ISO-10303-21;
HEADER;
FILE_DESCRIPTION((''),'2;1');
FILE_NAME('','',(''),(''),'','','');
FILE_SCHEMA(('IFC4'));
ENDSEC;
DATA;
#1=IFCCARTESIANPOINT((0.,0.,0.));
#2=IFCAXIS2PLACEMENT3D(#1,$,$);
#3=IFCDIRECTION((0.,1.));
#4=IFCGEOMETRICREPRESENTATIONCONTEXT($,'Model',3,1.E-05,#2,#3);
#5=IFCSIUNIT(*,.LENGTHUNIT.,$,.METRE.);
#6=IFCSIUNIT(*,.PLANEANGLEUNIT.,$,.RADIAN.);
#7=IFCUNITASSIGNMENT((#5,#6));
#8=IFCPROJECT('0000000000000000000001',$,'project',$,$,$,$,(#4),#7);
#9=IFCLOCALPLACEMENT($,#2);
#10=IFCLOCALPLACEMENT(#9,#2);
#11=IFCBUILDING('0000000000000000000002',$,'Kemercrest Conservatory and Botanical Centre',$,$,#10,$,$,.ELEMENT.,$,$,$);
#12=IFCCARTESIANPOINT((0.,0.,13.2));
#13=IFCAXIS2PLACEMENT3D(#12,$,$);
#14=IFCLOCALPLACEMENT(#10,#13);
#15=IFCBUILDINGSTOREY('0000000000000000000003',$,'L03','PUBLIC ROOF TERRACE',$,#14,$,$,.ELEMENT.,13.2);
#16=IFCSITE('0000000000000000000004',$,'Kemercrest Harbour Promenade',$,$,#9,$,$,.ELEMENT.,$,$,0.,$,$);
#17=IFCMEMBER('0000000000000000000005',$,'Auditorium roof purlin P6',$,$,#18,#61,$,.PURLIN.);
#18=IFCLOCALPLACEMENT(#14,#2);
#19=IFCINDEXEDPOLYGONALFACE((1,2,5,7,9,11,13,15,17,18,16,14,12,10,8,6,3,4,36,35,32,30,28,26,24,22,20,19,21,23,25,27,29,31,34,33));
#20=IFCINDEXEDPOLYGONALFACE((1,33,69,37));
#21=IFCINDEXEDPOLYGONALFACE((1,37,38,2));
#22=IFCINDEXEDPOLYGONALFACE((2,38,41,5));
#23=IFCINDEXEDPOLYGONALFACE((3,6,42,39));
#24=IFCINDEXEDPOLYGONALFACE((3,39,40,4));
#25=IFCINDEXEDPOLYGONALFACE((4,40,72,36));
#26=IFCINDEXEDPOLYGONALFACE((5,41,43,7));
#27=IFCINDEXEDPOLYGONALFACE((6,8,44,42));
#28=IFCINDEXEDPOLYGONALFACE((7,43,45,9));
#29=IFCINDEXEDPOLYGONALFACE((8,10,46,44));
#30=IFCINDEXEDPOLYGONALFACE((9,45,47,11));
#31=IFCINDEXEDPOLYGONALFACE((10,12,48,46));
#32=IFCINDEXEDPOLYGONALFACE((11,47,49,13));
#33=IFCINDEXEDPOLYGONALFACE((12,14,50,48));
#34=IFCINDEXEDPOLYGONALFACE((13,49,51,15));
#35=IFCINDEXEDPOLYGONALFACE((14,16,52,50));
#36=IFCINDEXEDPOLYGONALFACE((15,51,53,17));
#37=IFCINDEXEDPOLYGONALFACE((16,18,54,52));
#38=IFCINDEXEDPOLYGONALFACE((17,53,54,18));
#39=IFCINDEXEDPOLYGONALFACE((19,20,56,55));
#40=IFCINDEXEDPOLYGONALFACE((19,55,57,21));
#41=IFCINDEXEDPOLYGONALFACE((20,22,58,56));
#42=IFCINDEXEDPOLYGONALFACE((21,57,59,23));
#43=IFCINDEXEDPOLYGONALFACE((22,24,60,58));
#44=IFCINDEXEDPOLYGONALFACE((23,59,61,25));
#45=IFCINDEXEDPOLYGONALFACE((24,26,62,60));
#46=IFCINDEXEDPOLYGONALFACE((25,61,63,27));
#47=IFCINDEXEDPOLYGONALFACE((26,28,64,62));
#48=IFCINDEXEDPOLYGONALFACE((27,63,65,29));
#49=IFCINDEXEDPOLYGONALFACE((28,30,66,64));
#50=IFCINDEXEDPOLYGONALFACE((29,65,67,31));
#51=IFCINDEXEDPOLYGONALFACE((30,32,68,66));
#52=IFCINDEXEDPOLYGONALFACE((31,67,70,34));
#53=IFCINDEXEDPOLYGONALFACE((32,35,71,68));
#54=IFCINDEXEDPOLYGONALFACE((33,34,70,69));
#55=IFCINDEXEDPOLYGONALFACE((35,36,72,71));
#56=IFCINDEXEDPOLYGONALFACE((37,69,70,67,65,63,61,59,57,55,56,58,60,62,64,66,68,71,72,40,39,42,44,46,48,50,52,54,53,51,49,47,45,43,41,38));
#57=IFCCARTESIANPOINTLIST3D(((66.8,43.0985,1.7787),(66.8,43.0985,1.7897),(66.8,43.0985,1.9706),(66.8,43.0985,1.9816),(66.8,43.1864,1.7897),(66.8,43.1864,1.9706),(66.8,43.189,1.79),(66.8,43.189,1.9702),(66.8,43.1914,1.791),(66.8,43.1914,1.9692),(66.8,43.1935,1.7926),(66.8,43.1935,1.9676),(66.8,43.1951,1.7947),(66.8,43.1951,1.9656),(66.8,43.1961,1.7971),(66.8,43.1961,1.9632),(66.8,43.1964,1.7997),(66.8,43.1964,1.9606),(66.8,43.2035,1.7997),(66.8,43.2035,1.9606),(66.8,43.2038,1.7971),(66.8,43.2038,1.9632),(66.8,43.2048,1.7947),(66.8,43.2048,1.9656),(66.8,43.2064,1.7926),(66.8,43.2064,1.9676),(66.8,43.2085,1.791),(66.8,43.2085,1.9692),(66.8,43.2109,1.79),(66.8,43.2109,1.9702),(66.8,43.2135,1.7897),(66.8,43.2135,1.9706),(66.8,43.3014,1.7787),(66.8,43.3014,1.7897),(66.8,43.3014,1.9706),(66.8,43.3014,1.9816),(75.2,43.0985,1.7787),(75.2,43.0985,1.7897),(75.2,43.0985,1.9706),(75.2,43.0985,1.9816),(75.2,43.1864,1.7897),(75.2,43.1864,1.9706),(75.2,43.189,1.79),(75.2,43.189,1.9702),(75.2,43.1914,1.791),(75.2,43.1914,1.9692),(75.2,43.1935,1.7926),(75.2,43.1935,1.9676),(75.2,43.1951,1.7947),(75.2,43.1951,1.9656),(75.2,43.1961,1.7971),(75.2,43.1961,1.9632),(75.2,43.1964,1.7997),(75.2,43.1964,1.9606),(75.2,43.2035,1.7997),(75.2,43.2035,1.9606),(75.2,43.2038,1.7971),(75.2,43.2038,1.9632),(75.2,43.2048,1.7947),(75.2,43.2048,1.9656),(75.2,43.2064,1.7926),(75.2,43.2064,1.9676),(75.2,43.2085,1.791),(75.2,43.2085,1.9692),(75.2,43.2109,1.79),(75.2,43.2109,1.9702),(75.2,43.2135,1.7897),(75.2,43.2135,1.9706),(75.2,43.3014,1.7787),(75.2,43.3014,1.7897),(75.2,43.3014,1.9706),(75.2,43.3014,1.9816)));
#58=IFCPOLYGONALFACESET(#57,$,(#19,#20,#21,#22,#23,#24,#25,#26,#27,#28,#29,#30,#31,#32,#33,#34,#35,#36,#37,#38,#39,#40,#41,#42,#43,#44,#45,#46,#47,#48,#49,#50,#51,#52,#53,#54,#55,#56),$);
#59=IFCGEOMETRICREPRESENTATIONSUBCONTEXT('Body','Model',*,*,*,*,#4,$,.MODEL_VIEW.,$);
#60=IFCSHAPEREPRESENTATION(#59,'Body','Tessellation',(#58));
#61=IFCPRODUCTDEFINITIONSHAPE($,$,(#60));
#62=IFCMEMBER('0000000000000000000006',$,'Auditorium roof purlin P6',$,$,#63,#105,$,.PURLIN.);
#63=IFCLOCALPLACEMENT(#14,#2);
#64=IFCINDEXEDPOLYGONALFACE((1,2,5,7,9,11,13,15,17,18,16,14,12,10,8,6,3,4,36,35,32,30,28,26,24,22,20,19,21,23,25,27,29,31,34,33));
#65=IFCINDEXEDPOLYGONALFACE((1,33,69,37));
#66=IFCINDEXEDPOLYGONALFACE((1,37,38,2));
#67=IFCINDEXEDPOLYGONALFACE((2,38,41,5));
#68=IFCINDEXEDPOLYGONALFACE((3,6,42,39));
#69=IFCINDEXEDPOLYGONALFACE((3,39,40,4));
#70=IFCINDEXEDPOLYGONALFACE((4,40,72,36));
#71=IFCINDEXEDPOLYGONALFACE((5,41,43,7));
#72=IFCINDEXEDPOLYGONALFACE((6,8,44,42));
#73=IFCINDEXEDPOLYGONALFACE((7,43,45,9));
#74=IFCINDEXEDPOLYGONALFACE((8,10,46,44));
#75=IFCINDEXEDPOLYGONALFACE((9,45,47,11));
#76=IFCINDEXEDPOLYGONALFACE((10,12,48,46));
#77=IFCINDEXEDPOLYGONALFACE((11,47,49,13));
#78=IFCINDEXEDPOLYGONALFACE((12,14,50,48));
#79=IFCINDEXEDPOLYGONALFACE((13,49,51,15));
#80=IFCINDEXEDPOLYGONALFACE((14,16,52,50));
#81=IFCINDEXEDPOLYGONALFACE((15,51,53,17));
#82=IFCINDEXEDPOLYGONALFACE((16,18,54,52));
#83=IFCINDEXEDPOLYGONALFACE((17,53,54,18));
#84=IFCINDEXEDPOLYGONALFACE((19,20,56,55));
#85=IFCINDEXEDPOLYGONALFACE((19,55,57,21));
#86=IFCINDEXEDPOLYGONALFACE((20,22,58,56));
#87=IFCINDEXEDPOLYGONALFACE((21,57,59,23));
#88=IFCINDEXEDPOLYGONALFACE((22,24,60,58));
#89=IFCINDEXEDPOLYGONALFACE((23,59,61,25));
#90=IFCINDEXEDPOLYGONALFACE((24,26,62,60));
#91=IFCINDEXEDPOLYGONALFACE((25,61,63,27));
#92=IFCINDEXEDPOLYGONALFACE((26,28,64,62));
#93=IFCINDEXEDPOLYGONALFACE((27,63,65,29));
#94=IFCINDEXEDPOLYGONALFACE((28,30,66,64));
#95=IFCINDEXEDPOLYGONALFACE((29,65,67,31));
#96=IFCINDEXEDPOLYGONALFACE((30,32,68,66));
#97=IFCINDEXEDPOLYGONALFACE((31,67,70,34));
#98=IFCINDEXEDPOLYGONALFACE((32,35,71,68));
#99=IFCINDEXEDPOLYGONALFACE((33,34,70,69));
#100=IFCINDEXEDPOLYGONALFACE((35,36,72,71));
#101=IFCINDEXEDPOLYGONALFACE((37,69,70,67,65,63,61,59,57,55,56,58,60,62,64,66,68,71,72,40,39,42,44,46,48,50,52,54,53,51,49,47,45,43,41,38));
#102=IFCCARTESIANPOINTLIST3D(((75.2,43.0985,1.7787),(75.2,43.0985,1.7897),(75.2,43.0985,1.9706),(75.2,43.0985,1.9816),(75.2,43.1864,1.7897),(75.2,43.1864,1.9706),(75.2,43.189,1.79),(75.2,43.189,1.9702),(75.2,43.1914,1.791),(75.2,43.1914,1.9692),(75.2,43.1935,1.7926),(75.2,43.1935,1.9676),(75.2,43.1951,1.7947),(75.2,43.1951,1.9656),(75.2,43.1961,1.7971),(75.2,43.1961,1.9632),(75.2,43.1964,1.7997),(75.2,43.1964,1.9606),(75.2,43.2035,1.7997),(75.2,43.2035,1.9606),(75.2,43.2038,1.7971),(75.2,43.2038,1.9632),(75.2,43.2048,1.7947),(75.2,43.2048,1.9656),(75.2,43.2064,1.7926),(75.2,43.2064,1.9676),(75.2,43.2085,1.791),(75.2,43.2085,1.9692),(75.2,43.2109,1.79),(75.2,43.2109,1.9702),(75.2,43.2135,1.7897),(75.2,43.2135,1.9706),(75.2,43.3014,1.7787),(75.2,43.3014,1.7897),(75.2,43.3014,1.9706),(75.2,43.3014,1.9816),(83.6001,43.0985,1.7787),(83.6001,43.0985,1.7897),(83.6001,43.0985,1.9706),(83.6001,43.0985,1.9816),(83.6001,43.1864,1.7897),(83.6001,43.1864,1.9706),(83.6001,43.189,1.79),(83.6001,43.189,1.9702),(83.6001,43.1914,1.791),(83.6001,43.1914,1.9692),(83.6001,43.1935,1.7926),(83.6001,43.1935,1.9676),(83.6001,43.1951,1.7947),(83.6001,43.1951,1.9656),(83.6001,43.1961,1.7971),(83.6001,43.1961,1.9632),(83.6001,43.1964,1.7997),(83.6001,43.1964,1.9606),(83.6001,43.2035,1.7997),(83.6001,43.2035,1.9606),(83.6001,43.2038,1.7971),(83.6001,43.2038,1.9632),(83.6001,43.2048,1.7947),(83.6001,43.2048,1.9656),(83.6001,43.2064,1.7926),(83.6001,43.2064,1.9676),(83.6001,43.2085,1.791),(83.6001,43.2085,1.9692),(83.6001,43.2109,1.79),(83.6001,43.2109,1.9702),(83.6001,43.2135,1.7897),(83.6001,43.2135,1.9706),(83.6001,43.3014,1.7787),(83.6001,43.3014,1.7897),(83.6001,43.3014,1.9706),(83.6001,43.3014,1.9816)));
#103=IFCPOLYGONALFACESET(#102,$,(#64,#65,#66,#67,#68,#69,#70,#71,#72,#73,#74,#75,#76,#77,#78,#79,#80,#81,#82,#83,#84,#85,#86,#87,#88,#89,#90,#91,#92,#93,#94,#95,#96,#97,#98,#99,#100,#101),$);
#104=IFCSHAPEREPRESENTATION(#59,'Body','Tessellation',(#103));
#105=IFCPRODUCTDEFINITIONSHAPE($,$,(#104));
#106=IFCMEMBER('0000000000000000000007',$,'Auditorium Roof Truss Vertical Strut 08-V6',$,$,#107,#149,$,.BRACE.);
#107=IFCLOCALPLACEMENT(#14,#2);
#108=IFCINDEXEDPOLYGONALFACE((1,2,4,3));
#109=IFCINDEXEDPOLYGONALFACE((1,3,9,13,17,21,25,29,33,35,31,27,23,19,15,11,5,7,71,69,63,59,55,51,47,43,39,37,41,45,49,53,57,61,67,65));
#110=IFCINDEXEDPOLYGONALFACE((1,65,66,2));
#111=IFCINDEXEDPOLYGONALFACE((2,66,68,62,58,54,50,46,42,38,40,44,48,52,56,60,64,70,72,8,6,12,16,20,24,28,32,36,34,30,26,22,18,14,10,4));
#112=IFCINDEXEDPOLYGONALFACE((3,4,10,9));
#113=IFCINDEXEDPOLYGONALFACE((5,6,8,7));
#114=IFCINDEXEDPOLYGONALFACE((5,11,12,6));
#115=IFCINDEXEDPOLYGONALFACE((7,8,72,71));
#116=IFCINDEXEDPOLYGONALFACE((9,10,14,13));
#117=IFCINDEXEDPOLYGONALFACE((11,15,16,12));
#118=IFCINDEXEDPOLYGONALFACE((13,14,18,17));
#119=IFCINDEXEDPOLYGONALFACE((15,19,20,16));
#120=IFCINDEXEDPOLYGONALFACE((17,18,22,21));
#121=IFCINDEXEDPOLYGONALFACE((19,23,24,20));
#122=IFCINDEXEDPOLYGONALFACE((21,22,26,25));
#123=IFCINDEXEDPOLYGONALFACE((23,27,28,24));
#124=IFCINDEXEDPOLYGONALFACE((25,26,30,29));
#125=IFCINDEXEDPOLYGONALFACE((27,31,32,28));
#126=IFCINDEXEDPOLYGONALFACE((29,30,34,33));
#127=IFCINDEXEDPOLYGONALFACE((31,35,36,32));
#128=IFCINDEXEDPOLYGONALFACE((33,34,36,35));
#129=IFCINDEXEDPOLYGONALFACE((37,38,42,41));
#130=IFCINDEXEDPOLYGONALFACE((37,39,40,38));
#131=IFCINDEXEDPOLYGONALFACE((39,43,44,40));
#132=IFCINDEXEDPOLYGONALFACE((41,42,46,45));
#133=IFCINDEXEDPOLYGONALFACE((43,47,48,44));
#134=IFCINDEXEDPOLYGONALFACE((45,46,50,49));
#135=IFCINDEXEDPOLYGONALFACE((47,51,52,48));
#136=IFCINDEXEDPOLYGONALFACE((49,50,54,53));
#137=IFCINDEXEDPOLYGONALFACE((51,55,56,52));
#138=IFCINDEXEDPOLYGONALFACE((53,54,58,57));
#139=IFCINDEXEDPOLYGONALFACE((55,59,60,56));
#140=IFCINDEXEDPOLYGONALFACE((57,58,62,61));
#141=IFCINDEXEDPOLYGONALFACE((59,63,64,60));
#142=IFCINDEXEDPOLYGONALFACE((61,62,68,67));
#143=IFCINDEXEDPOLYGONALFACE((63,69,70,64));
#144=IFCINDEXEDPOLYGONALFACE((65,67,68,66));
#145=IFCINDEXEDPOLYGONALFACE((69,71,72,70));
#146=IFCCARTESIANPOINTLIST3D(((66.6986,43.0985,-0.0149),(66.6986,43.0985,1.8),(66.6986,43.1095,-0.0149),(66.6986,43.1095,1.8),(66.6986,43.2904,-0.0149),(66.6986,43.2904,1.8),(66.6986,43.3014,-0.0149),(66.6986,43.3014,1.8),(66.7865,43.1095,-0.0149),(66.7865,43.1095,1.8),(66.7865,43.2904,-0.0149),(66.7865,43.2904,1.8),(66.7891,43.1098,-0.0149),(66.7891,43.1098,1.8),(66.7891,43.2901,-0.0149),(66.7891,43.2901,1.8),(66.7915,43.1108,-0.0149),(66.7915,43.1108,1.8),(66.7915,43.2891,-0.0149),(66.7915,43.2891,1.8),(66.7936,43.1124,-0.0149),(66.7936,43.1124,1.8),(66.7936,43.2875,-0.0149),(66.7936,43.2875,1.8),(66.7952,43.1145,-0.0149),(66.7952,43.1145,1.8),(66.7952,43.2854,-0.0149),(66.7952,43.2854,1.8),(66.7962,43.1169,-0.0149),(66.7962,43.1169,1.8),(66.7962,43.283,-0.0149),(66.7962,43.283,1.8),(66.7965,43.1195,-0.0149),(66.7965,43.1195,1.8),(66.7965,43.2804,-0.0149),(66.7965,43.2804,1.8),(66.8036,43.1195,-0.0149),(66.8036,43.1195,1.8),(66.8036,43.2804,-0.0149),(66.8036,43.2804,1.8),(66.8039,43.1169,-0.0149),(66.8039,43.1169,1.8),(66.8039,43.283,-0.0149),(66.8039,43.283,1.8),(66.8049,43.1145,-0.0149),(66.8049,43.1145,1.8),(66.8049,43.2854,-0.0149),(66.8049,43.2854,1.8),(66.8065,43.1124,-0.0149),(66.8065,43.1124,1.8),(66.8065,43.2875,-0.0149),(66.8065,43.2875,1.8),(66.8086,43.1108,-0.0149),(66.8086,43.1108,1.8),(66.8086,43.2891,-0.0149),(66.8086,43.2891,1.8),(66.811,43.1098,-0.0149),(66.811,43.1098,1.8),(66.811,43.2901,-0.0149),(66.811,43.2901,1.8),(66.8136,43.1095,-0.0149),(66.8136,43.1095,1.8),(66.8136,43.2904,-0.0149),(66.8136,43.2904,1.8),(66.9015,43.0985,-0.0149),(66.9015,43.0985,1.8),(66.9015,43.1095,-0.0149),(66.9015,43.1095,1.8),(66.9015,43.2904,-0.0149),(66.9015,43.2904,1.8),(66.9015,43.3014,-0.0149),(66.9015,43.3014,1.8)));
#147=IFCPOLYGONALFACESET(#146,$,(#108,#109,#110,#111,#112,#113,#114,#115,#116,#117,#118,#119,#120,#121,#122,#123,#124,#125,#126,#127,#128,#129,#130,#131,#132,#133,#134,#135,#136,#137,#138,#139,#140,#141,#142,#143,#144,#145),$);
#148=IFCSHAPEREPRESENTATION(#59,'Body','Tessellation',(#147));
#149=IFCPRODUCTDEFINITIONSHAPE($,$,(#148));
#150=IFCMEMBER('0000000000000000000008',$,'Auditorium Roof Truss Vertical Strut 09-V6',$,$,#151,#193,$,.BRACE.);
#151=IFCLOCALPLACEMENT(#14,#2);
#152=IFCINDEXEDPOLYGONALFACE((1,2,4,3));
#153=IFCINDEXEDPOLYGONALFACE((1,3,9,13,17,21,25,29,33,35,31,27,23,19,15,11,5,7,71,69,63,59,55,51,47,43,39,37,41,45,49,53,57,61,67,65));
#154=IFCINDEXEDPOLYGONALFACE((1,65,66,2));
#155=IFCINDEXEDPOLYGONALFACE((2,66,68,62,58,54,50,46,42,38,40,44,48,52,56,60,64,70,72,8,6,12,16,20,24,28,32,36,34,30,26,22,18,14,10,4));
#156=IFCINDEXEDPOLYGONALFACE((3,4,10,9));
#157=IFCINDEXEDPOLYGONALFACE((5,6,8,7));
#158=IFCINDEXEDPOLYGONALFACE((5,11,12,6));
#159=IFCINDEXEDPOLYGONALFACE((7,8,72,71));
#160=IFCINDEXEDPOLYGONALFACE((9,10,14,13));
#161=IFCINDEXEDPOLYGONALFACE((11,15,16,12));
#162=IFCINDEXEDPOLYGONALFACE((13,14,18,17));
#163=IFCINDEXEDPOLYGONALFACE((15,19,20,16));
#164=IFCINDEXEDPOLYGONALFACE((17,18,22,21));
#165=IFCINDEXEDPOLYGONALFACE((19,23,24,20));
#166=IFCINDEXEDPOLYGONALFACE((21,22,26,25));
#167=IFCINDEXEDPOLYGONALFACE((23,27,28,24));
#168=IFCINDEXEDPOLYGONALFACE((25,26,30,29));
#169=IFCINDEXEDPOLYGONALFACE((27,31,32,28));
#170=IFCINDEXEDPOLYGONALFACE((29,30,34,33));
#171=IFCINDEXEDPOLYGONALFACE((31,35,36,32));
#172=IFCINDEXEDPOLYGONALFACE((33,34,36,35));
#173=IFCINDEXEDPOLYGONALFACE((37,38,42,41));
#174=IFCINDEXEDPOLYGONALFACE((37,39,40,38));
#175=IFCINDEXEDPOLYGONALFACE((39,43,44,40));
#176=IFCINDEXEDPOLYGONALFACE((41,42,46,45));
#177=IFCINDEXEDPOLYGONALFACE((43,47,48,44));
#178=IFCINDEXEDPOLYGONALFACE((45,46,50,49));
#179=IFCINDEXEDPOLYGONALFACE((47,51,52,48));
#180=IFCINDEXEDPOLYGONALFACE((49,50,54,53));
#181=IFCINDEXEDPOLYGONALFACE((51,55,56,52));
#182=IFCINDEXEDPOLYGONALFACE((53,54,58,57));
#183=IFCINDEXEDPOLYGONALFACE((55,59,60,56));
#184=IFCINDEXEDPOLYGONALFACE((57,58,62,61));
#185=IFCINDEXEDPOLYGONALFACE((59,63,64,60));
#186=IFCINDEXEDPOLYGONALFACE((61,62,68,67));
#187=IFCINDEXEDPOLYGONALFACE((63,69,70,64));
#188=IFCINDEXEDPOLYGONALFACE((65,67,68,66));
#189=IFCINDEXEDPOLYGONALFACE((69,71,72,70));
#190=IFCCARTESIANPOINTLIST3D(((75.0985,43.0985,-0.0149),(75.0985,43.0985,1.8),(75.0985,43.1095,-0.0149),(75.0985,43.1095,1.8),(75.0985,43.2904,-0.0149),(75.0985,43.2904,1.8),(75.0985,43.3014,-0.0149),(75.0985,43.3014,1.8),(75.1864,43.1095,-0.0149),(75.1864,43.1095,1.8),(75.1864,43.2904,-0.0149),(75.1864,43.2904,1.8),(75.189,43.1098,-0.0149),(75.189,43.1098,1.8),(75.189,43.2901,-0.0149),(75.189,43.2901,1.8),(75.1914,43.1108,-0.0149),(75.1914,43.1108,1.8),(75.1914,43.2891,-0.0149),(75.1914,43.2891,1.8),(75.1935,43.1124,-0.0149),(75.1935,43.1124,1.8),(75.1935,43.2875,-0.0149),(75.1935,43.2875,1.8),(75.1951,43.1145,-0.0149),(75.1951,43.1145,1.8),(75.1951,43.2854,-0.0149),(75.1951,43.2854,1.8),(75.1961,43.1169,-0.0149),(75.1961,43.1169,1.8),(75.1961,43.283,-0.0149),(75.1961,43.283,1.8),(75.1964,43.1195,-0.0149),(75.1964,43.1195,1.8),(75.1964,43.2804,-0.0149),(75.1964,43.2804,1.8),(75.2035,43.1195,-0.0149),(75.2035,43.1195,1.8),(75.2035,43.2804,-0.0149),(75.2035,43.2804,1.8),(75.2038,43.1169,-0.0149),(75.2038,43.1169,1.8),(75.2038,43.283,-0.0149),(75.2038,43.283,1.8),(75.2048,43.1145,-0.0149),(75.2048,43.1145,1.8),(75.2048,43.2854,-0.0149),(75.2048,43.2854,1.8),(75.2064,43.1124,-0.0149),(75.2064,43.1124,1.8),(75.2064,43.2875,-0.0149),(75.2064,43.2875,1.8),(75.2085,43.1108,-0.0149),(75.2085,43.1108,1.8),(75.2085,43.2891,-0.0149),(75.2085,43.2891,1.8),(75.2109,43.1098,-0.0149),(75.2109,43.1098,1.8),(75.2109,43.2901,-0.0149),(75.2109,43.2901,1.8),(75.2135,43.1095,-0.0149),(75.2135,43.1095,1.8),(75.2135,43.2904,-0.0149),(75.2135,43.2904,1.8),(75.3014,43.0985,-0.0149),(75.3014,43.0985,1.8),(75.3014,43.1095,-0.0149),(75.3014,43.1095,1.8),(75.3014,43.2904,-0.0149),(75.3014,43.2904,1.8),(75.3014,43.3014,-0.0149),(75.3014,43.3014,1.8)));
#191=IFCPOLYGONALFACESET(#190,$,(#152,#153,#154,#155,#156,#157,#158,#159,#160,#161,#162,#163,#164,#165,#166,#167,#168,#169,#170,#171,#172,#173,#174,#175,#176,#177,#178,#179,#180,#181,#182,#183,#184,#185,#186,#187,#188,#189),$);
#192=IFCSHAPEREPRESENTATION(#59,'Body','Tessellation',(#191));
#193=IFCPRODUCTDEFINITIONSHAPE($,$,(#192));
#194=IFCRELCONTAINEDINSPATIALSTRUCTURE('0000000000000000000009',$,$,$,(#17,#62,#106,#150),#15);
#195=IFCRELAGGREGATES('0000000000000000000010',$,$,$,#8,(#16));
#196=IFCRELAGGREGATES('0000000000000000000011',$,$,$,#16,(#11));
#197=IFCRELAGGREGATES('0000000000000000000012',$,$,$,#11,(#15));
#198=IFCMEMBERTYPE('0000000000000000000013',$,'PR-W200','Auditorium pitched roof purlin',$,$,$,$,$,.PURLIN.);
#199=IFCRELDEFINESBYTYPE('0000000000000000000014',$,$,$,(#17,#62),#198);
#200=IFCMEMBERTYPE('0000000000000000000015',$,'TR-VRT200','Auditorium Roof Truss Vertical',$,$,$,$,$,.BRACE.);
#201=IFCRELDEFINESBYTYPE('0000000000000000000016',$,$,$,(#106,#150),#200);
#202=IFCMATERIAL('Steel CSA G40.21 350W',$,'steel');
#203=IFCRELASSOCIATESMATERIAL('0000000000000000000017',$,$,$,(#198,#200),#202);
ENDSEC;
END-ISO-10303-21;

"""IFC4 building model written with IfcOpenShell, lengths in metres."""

from ifc_helpers import new_model, si_unit, direction, frame, origin, origin_2d, place, context, subcontext, project, spatial, i_section, extrude, material, material_profile, profile_set, type_object, element, save


model = new_model("IFC4")

# Units and contexts
model_context = context("Model", 3, precision=1e-05, world=origin(), true_north=direction((0.0, 1.0)))
body_context = subcontext(model_context, "Body", "Model", "MODEL_VIEW")
ifc_project = project(units=[si_unit("LENGTHUNIT", "METRE"), si_unit("PLANEANGLEUNIT", "RADIAN")], contexts=[model_context])

# Site, building, storey
site_placement = place(None, origin())
site = spatial("IfcSite", under=ifc_project, at=site_placement, Name="Kemercrest Harbour Promenade", CompositionType="ELEMENT", RefElevation=0.0)
building_placement = place(site_placement, origin())
building = spatial("IfcBuilding", under=site, at=building_placement, Name="Kemercrest Conservatory and Botanical Centre", CompositionType="ELEMENT")
storey_placement = place(building_placement, frame((0.0, 0.0, 13.2)))
storey = spatial("IfcBuildingStorey", under=building, at=storey_placement, Name="L03", Description="PUBLIC ROOF TERRACE", CompositionType="ELEMENT", Elevation=13.2)

# Members
ifc_material_1 = material(Name="Steel CSA G40.21 350W", Category="steel")
ifc_material_profile_1 = material_profile(ifc_material_1, i_section(OverallWidth=0.2029, OverallDepth=0.2029, WebThickness=0.0071, FlangeThickness=0.011, FilletRadius=0.01, at=origin_2d()), Name="W200X46")
ifc_profile_set_1 = profile_set([ifc_material_profile_1], Name="Steel CSA G40.21 350W")
member_type_1 = type_object("IfcMemberType", Name="PR-W200", Description="Auditorium pitched roof purlin", PredefinedType="PURLIN", material=ifc_profile_set_1)
member_1_placement = place(storey_placement, frame((66.8, 43.2, 1.8801), z_axis=(1.0, 0.0, 0.0), x_axis=(0.0, 1.0, 0.0)))
element("IfcMember", 1, at=member_1_placement, inside=storey, type_object=member_type_1, Name="Auditorium roof purlin P6", PredefinedType="PURLIN", context=body_context, shape_type="SweptSolid", body=[
    extrude(i_section(OverallWidth=0.2029, OverallDepth=0.2029, WebThickness=0.0071, FlangeThickness=0.011, FilletRadius=0.01, at=origin_2d()), origin(), (0.0, 0.0, 1.0), 8.3999),
])
member_2_placement = place(storey_placement, frame((75.2, 43.2, 1.8801), z_axis=(1.0, 0.0, 0.0), x_axis=(0.0, 1.0, 0.0)))
element("IfcMember", 2, at=member_2_placement, inside=storey, type_object=member_type_1, Name="Auditorium roof purlin P6", PredefinedType="PURLIN", context=body_context, shape_type="SweptSolid", body=[
    extrude(i_section(OverallWidth=0.2029, OverallDepth=0.2029, WebThickness=0.0071, FlangeThickness=0.011, FilletRadius=0.01, at=origin_2d()), origin(), (0.0, 0.0, 1.0), 8.4001),
])
ifc_material_profile_2 = material_profile(ifc_material_1, i_section(OverallWidth=0.2029, OverallDepth=0.2029, WebThickness=0.0071, FlangeThickness=0.011, FilletRadius=0.01, at=origin_2d()), Name="W200X46")
ifc_profile_set_2 = profile_set([ifc_material_profile_2], Name="Steel CSA G40.21 350W")
member_type_2 = type_object("IfcMemberType", Name="TR-VRT200", Description="Auditorium Roof Truss Vertical", PredefinedType="BRACE", material=ifc_profile_set_2)
for number, where, z_axis, x_axis, name in (
    (3, (66.8, 43.2, -0.0149), (0.0, 0.0, 1.0), (1.0, 0.0, 0.0), "Auditorium Roof Truss Vertical Strut 08-V6"),
    (4, (75.2, 43.2, -0.0149), (0.0, 0.0, 1.0), (1.0, 0.0, 0.0), "Auditorium Roof Truss Vertical Strut 09-V6"),
):
    element("IfcMember", number, at=place(storey_placement, frame(where, z_axis=z_axis, x_axis=x_axis)), inside=storey, type_object=member_type_2, Name=name, PredefinedType="BRACE", context=body_context, shape_type="SweptSolid", body=[
        extrude(i_section(OverallWidth=0.2029, OverallDepth=0.2029, WebThickness=0.0071, FlangeThickness=0.011, FilletRadius=0.01, at=origin_2d()), origin(), (0.0, 0.0, 1.0), 1.8149),
    ])

save(model, "model.ifc")
